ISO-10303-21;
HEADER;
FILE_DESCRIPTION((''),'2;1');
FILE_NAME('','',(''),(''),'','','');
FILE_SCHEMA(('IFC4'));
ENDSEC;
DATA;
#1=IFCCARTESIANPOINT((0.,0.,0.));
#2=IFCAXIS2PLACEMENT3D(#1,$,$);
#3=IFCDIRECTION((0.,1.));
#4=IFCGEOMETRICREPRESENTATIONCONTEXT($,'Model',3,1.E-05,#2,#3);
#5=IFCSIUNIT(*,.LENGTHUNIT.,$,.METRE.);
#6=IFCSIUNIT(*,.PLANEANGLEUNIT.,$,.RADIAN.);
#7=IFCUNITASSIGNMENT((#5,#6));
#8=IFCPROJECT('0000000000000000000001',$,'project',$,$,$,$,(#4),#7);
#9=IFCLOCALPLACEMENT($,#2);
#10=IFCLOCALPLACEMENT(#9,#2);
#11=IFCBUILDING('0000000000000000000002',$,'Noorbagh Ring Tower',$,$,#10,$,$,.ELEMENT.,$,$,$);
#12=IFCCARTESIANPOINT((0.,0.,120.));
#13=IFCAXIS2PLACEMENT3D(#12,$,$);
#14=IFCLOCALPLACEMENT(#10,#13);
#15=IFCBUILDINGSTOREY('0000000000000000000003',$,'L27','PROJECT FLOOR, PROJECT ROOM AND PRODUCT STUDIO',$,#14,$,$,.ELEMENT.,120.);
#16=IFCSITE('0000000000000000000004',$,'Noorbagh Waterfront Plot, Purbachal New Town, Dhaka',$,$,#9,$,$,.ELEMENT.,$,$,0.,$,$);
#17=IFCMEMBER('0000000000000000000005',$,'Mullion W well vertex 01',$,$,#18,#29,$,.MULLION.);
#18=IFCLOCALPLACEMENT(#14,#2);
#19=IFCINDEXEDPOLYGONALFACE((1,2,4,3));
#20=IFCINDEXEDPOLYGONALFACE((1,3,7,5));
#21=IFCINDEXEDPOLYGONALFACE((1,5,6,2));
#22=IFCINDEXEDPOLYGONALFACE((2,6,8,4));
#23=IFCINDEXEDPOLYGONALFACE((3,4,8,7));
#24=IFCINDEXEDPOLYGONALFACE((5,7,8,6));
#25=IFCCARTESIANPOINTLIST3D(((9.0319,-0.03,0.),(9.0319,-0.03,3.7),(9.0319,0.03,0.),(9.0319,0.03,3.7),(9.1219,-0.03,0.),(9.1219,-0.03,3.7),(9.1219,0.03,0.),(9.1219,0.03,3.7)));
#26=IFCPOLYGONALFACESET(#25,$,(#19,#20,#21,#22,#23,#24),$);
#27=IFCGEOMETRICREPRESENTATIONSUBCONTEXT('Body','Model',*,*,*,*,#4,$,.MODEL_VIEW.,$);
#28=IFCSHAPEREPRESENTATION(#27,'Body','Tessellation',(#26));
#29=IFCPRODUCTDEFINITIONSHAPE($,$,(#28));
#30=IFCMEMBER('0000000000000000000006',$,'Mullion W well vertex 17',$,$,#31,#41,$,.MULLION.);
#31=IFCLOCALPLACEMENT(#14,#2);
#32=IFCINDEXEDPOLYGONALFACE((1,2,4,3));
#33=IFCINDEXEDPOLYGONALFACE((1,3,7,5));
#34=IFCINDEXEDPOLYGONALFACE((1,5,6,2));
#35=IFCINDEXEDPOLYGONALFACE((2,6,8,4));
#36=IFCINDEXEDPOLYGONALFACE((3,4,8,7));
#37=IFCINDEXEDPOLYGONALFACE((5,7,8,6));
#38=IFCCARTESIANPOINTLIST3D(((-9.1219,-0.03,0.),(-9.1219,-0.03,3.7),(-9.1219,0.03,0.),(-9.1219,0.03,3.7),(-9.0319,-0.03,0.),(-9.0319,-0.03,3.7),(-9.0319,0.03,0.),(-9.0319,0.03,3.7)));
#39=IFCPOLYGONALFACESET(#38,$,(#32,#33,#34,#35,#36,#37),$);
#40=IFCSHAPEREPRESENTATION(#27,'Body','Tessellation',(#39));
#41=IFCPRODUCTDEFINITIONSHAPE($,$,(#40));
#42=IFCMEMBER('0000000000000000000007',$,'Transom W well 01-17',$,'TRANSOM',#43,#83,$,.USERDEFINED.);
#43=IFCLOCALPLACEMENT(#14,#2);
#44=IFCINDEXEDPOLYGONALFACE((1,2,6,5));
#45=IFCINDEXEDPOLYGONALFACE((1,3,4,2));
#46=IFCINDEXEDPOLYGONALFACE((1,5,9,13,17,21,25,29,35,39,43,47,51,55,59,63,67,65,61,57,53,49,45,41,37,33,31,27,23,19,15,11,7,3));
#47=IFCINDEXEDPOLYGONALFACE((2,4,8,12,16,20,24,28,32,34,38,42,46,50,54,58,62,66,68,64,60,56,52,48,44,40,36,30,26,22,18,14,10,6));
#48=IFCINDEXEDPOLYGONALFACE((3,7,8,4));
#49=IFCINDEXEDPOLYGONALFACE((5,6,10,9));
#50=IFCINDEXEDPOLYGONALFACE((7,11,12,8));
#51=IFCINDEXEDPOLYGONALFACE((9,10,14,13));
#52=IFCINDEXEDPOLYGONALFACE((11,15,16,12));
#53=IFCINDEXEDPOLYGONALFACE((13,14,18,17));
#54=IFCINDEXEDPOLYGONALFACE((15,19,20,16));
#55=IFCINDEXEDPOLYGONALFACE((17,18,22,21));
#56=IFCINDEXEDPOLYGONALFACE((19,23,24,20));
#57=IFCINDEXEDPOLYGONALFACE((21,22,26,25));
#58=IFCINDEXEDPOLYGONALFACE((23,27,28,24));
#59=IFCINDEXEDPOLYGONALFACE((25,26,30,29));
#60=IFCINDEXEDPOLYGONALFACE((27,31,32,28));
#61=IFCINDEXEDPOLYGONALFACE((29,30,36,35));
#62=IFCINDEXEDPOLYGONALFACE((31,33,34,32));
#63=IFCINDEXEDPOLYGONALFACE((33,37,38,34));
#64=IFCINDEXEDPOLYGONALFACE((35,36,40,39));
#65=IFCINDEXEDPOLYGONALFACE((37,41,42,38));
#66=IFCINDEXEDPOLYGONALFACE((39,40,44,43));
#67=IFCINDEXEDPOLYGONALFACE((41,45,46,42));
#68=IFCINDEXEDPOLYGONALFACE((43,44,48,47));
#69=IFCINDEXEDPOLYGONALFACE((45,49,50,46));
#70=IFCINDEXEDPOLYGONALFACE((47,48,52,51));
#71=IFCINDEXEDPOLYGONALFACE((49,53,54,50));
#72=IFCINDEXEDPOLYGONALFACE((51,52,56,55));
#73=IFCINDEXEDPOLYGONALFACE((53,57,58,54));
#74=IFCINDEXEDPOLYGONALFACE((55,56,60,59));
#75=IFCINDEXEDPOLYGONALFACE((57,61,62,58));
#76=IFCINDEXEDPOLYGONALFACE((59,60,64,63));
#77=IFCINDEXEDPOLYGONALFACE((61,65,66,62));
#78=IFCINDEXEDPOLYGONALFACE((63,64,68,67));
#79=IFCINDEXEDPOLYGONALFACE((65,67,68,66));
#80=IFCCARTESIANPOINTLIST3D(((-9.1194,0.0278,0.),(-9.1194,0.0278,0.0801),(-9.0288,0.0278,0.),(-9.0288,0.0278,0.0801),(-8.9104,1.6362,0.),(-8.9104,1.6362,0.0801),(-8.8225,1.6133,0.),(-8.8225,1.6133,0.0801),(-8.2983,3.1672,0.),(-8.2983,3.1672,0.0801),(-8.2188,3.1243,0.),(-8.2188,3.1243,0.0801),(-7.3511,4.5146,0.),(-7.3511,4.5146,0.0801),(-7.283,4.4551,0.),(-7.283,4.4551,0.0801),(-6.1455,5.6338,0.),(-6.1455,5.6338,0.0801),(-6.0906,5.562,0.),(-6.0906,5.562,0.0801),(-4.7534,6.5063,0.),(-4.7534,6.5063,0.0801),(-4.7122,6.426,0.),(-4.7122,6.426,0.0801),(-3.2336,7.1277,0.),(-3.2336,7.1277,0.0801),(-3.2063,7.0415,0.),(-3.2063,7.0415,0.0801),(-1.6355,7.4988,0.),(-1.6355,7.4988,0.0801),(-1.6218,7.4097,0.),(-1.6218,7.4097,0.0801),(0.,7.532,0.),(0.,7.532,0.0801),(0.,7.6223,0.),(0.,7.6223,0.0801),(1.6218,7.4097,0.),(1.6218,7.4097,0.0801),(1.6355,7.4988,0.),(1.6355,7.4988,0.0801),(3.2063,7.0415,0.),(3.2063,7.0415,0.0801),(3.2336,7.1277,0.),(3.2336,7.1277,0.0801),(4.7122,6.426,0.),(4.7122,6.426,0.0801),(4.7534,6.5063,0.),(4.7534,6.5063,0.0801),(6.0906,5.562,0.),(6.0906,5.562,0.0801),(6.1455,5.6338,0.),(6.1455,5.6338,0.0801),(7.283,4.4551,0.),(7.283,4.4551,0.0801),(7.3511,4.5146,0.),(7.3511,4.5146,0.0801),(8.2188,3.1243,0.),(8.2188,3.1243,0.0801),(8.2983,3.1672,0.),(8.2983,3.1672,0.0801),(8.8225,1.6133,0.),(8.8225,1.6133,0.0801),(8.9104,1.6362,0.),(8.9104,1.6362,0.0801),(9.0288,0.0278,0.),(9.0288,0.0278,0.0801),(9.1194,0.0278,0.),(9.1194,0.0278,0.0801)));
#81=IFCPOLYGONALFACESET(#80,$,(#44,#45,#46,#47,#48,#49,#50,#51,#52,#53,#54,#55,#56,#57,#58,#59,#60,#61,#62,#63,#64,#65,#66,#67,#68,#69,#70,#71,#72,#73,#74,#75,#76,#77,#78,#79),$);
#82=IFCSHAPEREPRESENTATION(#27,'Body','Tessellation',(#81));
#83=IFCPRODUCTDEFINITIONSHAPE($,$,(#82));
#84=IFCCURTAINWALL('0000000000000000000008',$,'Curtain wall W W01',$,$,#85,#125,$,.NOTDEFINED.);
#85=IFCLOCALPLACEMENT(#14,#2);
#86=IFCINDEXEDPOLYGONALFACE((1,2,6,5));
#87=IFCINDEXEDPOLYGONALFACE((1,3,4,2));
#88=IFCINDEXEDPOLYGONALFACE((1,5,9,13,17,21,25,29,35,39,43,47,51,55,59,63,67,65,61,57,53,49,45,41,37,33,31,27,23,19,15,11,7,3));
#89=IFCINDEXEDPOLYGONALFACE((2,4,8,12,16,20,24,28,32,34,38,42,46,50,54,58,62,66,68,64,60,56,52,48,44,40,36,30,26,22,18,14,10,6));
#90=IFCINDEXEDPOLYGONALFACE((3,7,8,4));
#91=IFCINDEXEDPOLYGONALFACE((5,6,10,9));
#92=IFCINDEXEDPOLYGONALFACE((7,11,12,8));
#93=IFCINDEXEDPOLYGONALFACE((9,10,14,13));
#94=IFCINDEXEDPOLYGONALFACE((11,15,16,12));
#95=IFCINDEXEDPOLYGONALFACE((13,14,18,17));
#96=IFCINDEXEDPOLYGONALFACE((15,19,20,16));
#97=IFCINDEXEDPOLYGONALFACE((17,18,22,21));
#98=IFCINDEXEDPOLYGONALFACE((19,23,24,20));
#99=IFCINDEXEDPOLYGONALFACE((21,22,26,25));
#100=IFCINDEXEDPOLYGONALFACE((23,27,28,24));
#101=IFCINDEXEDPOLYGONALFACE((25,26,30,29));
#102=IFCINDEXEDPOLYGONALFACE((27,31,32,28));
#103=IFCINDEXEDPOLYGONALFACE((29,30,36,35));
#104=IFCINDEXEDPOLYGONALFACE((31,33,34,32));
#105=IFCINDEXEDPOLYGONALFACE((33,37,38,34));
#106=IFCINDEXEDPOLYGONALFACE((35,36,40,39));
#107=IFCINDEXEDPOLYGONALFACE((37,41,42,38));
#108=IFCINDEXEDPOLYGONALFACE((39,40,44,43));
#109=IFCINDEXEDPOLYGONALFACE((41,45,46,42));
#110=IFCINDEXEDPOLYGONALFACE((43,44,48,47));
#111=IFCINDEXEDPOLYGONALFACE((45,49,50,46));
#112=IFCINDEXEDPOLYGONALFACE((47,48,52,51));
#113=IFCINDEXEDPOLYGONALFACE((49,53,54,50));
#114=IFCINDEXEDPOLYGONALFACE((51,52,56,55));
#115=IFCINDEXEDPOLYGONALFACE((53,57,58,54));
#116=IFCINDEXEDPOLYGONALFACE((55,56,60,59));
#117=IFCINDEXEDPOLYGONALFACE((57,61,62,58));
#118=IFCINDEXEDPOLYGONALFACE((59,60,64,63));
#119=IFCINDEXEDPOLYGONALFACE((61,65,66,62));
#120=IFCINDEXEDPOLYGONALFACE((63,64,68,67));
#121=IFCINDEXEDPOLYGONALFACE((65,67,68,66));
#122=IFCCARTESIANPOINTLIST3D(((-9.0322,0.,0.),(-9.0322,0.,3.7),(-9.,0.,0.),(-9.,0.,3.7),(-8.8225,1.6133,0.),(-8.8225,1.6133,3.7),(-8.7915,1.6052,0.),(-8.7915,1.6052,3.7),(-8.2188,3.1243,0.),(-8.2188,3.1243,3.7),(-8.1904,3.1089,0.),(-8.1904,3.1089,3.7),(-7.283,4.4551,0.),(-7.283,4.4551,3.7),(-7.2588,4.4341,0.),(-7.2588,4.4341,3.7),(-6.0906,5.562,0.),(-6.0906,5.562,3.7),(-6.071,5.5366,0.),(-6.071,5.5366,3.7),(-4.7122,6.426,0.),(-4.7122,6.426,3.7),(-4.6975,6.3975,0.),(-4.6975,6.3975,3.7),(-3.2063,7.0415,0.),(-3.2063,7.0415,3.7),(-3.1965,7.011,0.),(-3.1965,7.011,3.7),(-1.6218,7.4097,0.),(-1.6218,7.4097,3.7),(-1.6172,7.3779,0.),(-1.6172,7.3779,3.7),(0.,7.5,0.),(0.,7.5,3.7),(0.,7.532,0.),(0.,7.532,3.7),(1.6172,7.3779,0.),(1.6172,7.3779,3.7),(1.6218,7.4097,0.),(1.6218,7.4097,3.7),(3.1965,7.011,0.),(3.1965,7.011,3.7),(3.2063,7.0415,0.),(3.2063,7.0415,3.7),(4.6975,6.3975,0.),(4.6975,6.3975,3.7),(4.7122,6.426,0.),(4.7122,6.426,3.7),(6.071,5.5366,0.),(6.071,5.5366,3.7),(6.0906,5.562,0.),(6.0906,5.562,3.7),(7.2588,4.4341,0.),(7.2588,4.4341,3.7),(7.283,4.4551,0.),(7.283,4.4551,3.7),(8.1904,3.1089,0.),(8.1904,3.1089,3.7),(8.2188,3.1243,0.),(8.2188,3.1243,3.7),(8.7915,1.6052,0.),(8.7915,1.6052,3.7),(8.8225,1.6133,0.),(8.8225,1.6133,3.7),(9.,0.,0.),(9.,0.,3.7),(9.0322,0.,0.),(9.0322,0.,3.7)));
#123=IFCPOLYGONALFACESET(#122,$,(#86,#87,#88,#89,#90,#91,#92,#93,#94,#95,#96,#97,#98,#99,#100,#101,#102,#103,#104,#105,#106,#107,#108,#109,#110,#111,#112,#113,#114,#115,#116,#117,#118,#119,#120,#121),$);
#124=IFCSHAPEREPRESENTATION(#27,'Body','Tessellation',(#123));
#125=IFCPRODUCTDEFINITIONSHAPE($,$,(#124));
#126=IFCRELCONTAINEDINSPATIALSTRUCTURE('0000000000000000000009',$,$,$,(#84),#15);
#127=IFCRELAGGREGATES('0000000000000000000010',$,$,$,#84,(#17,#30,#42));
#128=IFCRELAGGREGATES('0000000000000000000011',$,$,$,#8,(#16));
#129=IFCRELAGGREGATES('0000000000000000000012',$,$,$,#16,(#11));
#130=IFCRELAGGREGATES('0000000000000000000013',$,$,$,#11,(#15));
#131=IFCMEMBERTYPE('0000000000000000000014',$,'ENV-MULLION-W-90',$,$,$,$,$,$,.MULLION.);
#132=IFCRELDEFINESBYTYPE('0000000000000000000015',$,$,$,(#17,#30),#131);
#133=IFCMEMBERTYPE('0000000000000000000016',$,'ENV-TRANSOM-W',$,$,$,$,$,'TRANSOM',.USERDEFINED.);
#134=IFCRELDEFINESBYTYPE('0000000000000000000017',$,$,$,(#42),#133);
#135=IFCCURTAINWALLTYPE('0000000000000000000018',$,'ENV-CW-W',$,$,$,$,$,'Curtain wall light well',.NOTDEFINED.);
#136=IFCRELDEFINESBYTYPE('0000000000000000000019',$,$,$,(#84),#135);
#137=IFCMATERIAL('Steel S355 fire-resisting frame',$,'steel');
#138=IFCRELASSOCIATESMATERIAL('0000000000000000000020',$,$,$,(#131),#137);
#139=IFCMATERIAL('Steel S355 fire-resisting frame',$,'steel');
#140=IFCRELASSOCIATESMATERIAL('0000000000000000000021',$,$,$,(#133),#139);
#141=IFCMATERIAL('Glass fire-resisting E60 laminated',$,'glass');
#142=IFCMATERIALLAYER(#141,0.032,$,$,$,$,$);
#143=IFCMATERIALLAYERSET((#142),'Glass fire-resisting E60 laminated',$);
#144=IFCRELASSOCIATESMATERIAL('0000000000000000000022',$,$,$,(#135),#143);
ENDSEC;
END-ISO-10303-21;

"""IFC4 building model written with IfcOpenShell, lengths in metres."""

from ifc_helpers import new_model, si_unit, direction, frame, origin, origin_2d, place, context, subcontext, project, spatial, polyline, rectangle, outline, extrude, material, layer, layer_set, material_profile, profile_set, type_object, element, aggregate, save


model = new_model("IFC4")

# Units and contexts
model_context = context("Model", 3, precision=1e-05, world=origin(), true_north=direction((0.0, 1.0)))
body_context = subcontext(model_context, "Body", "Model", "MODEL_VIEW")
ifc_project = project(units=[si_unit("LENGTHUNIT", "METRE"), si_unit("PLANEANGLEUNIT", "RADIAN")], contexts=[model_context])

# Members
site_placement = place(None, origin())
building_placement = place(site_placement, origin())
storey_placement = place(building_placement, frame((0.0, 0.0, 120.0)))
ifc_material_1 = material(Name="Steel S355 fire-resisting frame", Category="steel")
ifc_material_profile_1 = material_profile(ifc_material_1, rectangle(XDim=0.0901, YDim=0.0601, at=origin_2d()), Name="90x60")
ifc_profile_set_1 = profile_set([ifc_material_profile_1], Name="Steel S355 fire-resisting frame")
member_type_1 = type_object("IfcMemberType", Name="ENV-MULLION-W-90", PredefinedType="MULLION", material=ifc_profile_set_1)
member_1_placement = place(storey_placement, frame((9.0769, 0.0, 0.0), z_axis=(0.0, 0.0, 1.0), x_axis=(1.0, 0.0, 0.0)))
member_1 = element("IfcMember", 1, at=member_1_placement, type_object=member_type_1, Name="Mullion W well vertex 01", PredefinedType="MULLION", context=body_context, shape_type="SweptSolid", body=[
    extrude(rectangle(XDim=0.0901, YDim=0.0601, at=origin_2d()), origin(), (0.0, 0.0, 1.0), 3.7),
])
member_2_placement = place(storey_placement, frame((-9.0769, 0.0, 0.0), z_axis=(0.0, 0.0, 1.0), x_axis=(-1.0, 0.0, 0.0)))
member_2 = element("IfcMember", 2, at=member_2_placement, type_object=member_type_1, Name="Mullion W well vertex 17", PredefinedType="MULLION", context=body_context, shape_type="SweptSolid", body=[
    extrude(rectangle(XDim=0.0901, YDim=0.0601, at=origin_2d()), origin(), (0.0, 0.0, 1.0), 3.7),
])
ifc_material_2 = material(Name="Steel S355 fire-resisting frame", Category="steel")
member_type_2 = type_object("IfcMemberType", Name="ENV-TRANSOM-W", ElementType="TRANSOM", PredefinedType="USERDEFINED", material=ifc_material_2)
member_3_placement = place(storey_placement, origin())
member_3 = element("IfcMember", 3, at=member_3_placement, type_object=member_type_2, Name="Transom W well 01-17", ObjectType="TRANSOM", PredefinedType="USERDEFINED", context=body_context, shape_type="SweptSolid", body=[
    extrude(outline(polyline([(9.1194, 0.0278), (8.9104, 1.6362), (8.2983, 3.1672), (7.3511, 4.5146), (6.1455, 5.6338), (4.7534, 6.5063), (3.2336, 7.1277), (1.6355, 7.4988), (0.0, 7.6223), (-1.6355, 7.4988), (-3.2336, 7.1277), (-4.7534, 6.5063), (-6.1455, 5.6338), (-7.3511, 4.5146), (-8.2983, 3.1672), (-8.9104, 1.6362), (-9.1194, 0.0278), (-9.0288, 0.0278), (-8.8225, 1.6133), (-8.2188, 3.1243), (-7.283, 4.4551), (-6.0906, 5.562), (-4.7122, 6.426), (-3.2063, 7.0415), (-1.6218, 7.4097), (0.0, 7.532), (1.6218, 7.4097), (3.2063, 7.0415), (4.7122, 6.426), (6.0906, 5.562), (7.283, 4.4551), (8.2188, 3.1243), (8.8225, 1.6133), (9.0288, 0.0278), (9.1194, 0.0278)])), origin(), (0.0, 0.0, 1.0), 0.0801),
])

# Site, building, storey
site = spatial("IfcSite", under=ifc_project, at=site_placement, Name="Noorbagh Waterfront Plot, Purbachal New Town, Dhaka", CompositionType="ELEMENT", RefElevation=0.0)
building = spatial("IfcBuilding", under=site, at=building_placement, Name="Noorbagh Ring Tower", CompositionType="ELEMENT")
storey = spatial("IfcBuildingStorey", under=building, at=storey_placement, Name="L27", Description="PROJECT FLOOR, PROJECT ROOM AND PRODUCT STUDIO", CompositionType="ELEMENT", Elevation=120.0)

# Curtain wall
ifc_material_3 = material(Name="Glass fire-resisting E60 laminated", Category="glass")
ifc_layer_1 = layer(ifc_material_3, 0.032)
ifc_layer_set_1 = layer_set([ifc_layer_1], Name="Glass fire-resisting E60 laminated")
curtain_wall_type_1 = type_object("IfcCurtainWallType", Name="ENV-CW-W", ElementType="Curtain wall light well", PredefinedType="NOTDEFINED", material=ifc_layer_set_1)
curtain_wall_1_placement = place(storey_placement, origin())
curtain_wall_1 = element("IfcCurtainWall", 4, at=curtain_wall_1_placement, inside=storey, type_object=curtain_wall_type_1, Name="Curtain wall W W01", PredefinedType="NOTDEFINED", context=body_context, shape_type="SweptSolid", body=[
    extrude(outline(polyline([(9.0322, 0.0), (8.8225, 1.6133), (8.2188, 3.1243), (7.283, 4.4551), (6.0906, 5.562), (4.7122, 6.426), (3.2063, 7.0415), (1.6218, 7.4097), (0.0, 7.532), (-1.6218, 7.4097), (-3.2063, 7.0415), (-4.7122, 6.426), (-6.0906, 5.562), (-7.283, 4.4551), (-8.2188, 3.1243), (-8.8225, 1.6133), (-9.0322, 0.0), (-9.0, 0.0), (-8.7915, 1.6052), (-8.1904, 3.1089), (-7.2588, 4.4341), (-6.071, 5.5366), (-4.6975, 6.3975), (-3.1965, 7.011), (-1.6172, 7.3779), (0.0, 7.5), (1.6172, 7.3779), (3.1965, 7.011), (4.6975, 6.3975), (6.071, 5.5366), (7.2588, 4.4341), (8.1904, 3.1089), (8.7915, 1.6052), (9.0, 0.0), (9.0322, 0.0)])), origin(), (0.0, 0.0, 1.0), 3.7),
])
aggregate(curtain_wall_1, [member_1, member_2, member_3])

save(model, "model.ifc")
